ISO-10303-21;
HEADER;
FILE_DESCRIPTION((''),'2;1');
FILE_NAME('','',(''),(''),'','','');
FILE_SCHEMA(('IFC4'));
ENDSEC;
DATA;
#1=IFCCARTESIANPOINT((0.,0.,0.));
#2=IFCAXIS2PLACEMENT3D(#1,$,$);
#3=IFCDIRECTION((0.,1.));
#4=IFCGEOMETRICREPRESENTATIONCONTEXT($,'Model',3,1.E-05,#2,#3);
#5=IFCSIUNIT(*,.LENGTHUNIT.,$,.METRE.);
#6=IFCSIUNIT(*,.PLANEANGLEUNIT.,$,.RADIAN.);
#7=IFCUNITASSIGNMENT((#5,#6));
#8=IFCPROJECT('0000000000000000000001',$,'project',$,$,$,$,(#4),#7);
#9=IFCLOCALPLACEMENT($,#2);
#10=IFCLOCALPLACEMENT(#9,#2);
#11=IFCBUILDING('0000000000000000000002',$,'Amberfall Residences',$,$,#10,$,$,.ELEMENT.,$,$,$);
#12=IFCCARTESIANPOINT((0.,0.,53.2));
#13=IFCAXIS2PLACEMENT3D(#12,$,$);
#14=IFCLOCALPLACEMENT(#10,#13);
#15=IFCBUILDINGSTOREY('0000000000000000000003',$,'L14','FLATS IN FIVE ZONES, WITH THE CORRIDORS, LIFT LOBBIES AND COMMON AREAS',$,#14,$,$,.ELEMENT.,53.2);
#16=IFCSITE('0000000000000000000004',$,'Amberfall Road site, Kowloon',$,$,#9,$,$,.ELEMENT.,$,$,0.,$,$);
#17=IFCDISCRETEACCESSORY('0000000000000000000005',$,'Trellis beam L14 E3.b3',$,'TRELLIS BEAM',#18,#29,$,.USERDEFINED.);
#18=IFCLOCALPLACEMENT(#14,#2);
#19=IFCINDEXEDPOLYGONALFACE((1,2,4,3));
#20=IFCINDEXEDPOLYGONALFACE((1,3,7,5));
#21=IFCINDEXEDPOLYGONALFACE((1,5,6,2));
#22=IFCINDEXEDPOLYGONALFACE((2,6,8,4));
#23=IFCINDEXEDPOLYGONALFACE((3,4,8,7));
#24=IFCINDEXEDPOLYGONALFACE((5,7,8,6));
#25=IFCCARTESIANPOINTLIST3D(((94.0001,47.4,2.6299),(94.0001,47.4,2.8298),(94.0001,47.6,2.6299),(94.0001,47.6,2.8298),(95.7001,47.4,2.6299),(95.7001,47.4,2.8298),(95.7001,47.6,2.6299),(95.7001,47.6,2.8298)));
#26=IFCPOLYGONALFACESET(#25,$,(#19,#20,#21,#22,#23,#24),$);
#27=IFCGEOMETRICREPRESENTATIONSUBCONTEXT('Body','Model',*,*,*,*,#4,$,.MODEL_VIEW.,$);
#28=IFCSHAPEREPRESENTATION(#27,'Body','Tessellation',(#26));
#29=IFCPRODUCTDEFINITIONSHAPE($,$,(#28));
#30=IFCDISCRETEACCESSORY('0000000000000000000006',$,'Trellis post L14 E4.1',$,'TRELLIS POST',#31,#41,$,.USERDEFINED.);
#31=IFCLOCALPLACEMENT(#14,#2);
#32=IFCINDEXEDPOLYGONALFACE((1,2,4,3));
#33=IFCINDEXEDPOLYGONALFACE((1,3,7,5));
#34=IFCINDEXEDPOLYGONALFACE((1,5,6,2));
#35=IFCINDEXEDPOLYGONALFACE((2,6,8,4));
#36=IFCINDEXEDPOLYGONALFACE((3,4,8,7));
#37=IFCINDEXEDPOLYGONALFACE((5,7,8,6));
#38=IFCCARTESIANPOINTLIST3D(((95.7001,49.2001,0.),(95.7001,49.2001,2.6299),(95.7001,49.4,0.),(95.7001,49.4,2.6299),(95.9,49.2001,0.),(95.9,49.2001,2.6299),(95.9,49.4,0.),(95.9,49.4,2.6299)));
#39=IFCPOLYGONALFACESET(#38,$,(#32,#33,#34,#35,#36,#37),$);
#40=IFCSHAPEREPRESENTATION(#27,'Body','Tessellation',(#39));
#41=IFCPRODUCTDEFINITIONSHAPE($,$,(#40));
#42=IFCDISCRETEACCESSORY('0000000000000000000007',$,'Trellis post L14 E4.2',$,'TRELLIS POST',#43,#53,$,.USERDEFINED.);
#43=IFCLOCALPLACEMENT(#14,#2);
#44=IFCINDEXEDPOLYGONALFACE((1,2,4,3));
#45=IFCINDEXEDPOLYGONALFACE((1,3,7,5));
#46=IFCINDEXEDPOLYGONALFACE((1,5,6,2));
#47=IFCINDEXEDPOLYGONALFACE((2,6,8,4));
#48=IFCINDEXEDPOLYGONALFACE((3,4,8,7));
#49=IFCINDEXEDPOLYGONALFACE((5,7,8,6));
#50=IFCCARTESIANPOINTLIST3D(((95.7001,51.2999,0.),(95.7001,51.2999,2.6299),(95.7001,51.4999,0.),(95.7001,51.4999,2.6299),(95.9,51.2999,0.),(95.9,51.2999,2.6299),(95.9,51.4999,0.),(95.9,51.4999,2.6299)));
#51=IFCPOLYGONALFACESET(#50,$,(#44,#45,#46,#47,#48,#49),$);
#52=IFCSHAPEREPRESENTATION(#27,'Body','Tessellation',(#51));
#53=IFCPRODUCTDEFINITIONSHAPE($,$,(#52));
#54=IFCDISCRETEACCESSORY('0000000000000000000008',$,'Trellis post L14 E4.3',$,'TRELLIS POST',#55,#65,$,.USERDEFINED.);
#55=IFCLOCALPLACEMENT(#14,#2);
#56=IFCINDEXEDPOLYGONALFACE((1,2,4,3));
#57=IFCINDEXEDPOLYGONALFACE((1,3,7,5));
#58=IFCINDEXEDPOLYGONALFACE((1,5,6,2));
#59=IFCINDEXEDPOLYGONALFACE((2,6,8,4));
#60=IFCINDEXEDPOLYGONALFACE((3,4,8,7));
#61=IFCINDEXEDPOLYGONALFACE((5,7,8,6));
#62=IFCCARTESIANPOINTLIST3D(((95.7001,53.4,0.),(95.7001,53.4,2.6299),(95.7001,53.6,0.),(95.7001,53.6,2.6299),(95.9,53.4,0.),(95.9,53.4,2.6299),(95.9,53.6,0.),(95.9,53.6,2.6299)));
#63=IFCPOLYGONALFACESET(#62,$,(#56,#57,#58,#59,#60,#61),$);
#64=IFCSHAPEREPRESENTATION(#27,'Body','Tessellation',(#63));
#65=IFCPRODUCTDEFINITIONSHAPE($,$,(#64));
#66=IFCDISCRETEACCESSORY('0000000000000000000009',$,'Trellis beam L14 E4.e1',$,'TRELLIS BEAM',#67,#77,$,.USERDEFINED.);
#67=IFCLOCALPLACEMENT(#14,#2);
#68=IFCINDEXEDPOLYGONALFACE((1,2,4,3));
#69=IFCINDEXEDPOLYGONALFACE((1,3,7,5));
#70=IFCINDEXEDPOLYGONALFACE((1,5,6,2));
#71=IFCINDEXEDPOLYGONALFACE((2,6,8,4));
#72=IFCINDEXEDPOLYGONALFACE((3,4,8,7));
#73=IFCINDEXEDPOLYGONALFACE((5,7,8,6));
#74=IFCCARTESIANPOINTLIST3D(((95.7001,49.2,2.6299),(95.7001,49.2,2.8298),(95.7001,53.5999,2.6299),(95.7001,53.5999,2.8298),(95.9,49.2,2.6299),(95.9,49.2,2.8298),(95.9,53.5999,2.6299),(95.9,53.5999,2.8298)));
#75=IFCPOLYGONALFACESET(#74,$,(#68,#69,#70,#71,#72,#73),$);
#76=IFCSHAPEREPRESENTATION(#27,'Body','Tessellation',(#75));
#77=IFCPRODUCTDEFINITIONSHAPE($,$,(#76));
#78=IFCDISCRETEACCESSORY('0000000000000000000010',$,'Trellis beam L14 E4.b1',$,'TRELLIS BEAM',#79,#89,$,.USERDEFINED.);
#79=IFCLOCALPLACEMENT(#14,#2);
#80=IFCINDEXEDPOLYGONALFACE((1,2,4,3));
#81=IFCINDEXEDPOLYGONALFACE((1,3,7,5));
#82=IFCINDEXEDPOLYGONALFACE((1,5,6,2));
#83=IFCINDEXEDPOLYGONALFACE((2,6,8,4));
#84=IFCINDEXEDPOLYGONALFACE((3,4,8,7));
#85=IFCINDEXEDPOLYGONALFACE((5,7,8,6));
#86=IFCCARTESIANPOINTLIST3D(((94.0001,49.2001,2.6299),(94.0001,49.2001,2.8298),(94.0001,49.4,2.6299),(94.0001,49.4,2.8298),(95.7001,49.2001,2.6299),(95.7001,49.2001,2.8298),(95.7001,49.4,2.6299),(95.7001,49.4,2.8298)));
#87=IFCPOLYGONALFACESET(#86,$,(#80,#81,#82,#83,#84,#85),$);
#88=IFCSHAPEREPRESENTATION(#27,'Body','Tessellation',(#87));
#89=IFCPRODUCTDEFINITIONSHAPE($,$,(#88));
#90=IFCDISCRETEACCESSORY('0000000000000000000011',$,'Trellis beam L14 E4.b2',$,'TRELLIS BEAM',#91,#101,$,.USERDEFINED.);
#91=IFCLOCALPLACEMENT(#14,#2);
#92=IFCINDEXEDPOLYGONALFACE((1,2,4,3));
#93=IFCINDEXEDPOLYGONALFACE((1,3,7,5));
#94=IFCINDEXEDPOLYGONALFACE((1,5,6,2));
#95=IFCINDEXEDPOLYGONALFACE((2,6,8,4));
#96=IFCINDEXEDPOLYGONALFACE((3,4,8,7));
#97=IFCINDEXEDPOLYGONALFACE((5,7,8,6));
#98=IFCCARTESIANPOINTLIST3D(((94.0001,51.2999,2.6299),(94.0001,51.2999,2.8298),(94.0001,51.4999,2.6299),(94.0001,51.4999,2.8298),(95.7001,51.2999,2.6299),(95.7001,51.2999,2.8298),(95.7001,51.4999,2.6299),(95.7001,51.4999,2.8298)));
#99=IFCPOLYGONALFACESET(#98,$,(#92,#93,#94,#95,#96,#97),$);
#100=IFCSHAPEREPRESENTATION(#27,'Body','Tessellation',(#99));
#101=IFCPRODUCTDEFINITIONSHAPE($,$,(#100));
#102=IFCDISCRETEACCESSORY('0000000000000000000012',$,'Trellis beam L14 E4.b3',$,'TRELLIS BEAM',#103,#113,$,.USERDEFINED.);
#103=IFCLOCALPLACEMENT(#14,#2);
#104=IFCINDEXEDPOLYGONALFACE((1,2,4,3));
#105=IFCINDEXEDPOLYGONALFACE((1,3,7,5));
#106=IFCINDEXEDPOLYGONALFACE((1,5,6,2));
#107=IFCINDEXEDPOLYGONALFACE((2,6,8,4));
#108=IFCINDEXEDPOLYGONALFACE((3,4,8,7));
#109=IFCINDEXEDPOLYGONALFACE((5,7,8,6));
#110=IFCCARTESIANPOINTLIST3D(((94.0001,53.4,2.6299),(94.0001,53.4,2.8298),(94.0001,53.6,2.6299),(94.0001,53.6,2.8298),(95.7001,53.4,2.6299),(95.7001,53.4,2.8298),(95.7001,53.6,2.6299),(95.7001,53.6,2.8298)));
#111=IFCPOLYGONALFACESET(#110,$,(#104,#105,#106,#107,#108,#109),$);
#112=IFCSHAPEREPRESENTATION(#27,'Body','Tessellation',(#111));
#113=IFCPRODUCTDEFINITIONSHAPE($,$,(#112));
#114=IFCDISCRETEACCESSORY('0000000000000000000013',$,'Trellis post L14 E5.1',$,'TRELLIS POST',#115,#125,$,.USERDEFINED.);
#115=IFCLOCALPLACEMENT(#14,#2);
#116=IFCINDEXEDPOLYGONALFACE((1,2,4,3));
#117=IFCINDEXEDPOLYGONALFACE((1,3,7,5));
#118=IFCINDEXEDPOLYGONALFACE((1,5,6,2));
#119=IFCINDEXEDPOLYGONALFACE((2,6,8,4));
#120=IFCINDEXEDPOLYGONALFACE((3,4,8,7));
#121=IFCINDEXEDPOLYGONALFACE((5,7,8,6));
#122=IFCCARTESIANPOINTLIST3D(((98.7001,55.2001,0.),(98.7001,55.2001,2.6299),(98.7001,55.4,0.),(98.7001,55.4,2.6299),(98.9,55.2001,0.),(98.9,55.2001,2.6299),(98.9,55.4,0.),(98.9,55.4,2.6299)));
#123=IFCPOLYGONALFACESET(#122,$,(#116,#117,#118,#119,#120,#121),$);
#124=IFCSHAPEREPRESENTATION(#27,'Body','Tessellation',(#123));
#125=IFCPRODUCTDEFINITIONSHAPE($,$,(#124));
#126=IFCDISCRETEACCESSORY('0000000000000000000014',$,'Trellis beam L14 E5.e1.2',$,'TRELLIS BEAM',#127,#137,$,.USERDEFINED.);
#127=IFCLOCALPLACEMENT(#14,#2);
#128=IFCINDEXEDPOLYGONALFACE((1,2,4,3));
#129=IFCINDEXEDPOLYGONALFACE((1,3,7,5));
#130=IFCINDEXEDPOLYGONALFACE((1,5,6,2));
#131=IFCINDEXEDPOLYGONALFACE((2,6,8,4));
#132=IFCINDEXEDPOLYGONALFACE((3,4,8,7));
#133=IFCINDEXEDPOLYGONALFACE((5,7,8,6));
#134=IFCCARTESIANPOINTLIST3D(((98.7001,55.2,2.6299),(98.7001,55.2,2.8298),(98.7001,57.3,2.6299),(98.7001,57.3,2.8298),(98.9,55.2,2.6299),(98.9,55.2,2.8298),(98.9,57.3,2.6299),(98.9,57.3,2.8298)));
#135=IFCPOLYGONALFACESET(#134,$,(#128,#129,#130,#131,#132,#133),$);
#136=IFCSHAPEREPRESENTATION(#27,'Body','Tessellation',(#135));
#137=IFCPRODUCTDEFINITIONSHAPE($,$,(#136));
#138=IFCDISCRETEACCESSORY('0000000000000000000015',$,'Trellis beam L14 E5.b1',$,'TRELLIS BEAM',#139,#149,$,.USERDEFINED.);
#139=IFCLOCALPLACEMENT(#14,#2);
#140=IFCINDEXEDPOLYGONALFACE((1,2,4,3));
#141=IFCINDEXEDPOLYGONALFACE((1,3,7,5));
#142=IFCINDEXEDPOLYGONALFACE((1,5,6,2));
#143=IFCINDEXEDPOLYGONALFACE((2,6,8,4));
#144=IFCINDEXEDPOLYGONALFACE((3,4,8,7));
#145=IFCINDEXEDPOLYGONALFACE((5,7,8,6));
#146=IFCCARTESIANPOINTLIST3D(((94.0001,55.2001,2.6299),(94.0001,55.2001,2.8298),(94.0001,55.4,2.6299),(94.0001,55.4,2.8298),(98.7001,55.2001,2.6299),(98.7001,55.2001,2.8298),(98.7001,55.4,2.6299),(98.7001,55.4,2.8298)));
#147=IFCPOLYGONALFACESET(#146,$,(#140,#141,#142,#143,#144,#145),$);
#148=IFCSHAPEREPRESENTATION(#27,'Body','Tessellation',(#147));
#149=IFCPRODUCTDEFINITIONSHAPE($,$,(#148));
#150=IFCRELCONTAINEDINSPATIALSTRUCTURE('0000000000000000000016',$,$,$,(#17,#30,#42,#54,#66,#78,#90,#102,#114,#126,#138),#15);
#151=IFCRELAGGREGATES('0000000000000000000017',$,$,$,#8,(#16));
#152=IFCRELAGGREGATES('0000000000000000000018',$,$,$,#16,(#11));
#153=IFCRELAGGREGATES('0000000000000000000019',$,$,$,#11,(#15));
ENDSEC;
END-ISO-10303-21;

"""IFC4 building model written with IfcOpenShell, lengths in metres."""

from ifc_helpers import new_model, si_unit, direction, frame, origin, origin_2d, place, context, subcontext, project, spatial, rectangle, extrude, element, save


model = new_model("IFC4")

# Units and contexts
model_context = context("Model", 3, precision=1e-05, world=origin(), true_north=direction((0.0, 1.0)))
body_context = subcontext(model_context, "Body", "Model", "MODEL_VIEW")
ifc_project = project(units=[si_unit("LENGTHUNIT", "METRE"), si_unit("PLANEANGLEUNIT", "RADIAN")], contexts=[model_context])

# Site, building, storey
site_placement = place(None, origin())
site = spatial("IfcSite", under=ifc_project, at=site_placement, Name="Amberfall Road site, Kowloon", CompositionType="ELEMENT", RefElevation=0.0)
building_placement = place(site_placement, origin())
building = spatial("IfcBuilding", under=site, at=building_placement, Name="Amberfall Residences", CompositionType="ELEMENT")
storey_placement = place(building_placement, frame((0.0, 0.0, 53.2)))
storey = spatial("IfcBuildingStorey", under=building, at=storey_placement, Name="L14", Description="FLATS IN FIVE ZONES, WITH THE CORRIDORS, LIFT LOBBIES AND COMMON AREAS", CompositionType="ELEMENT", Elevation=53.2)

# Discrete accessories
discrete_accessory_1_placement = place(storey_placement, frame((94.8501, 47.5, 2.6299), z_axis=(0.0, 0.0, 1.0), x_axis=(-1.0, 0.0, 0.0)))
element("IfcDiscreteAccessory", 1, at=discrete_accessory_1_placement, inside=storey, Name="Trellis beam L14 E3.b3", ObjectType="TRELLIS BEAM", PredefinedType="USERDEFINED", context=body_context, shape_type="SweptSolid", body=[
    extrude(rectangle(XDim=1.7, YDim=0.2, at=origin_2d()), origin(), (0.0, 0.0, 1.0), 0.2),
])
for number, where, z_axis, x_axis, name in (
    (2, (95.8, 49.3, 0.0), (0.0, 0.0, 1.0), (1.0, 0.0, 0.0), "Trellis post L14 E4.1"),
    (3, (95.8, 51.3999, 0.0), (0.0, 0.0, 1.0), (1.0, 0.0, 0.0), "Trellis post L14 E4.2"),
    (4, (95.8, 53.5, 0.0), (0.0, 0.0, 1.0), (1.0, 0.0, 0.0), "Trellis post L14 E4.3"),
):
    element("IfcDiscreteAccessory", number, at=place(storey_placement, frame(where, z_axis=z_axis, x_axis=x_axis)), inside=storey, Name=name, ObjectType="TRELLIS POST", PredefinedType="USERDEFINED", context=body_context, shape_type="SweptSolid", body=[
        extrude(rectangle(XDim=0.2, YDim=0.2, at=origin_2d()), origin(), (0.0, 0.0, 1.0), 2.6299),
    ])
discrete_accessory_2_placement = place(storey_placement, frame((95.8, 51.3999, 2.6299), z_axis=(0.0, 0.0, 1.0), x_axis=(0.0, 1.0, 0.0)))
element("IfcDiscreteAccessory", 5, at=discrete_accessory_2_placement, inside=storey, Name="Trellis beam L14 E4.e1", ObjectType="TRELLIS BEAM", PredefinedType="USERDEFINED", context=body_context, shape_type="SweptSolid", body=[
    extrude(rectangle(XDim=4.3999, YDim=0.2, at=origin_2d()), origin(), (0.0, 0.0, 1.0), 0.2),
])
for number, where, z_axis, x_axis, name in (
    (6, (94.8501, 49.3, 2.6299), (0.0, 0.0, 1.0), (-1.0, 0.0, 0.0), "Trellis beam L14 E4.b1"),
    (7, (94.8501, 51.3999, 2.6299), (0.0, 0.0, 1.0), (-1.0, 0.0, 0.0), "Trellis beam L14 E4.b2"),
    (8, (94.8501, 53.5, 2.6299), (0.0, 0.0, 1.0), (-1.0, 0.0, 0.0), "Trellis beam L14 E4.b3"),
):
    element("IfcDiscreteAccessory", number, at=place(storey_placement, frame(where, z_axis=z_axis, x_axis=x_axis)), inside=storey, Name=name, ObjectType="TRELLIS BEAM", PredefinedType="USERDEFINED", context=body_context, shape_type="SweptSolid", body=[
        extrude(rectangle(XDim=1.7, YDim=0.2, at=origin_2d()), origin(), (0.0, 0.0, 1.0), 0.2),
    ])
discrete_accessory_3_placement = place(storey_placement, frame((98.8, 55.3, 0.0), z_axis=(0.0, 0.0, 1.0), x_axis=(1.0, 0.0, 0.0)))
element("IfcDiscreteAccessory", 9, at=discrete_accessory_3_placement, inside=storey, Name="Trellis post L14 E5.1", ObjectType="TRELLIS POST", PredefinedType="USERDEFINED", context=body_context, shape_type="SweptSolid", body=[
    extrude(rectangle(XDim=0.2, YDim=0.2, at=origin_2d()), origin(), (0.0, 0.0, 1.0), 2.6299),
])
discrete_accessory_4_placement = place(storey_placement, frame((98.8, 56.25, 2.6299), z_axis=(0.0, 0.0, 1.0), x_axis=(0.0, 1.0, 0.0)))
element("IfcDiscreteAccessory", 10, at=discrete_accessory_4_placement, inside=storey, Name="Trellis beam L14 E5.e1.2", ObjectType="TRELLIS BEAM", PredefinedType="USERDEFINED", context=body_context, shape_type="SweptSolid", body=[
    extrude(rectangle(XDim=2.1001, YDim=0.2, at=origin_2d()), origin(), (0.0, 0.0, 1.0), 0.2),
])
discrete_accessory_5_placement = place(storey_placement, frame((96.3501, 55.3, 2.6299), z_axis=(0.0, 0.0, 1.0), x_axis=(-1.0, 0.0, 0.0)))
element("IfcDiscreteAccessory", 11, at=discrete_accessory_5_placement, inside=storey, Name="Trellis beam L14 E5.b1", ObjectType="TRELLIS BEAM", PredefinedType="USERDEFINED", context=body_context, shape_type="SweptSolid", body=[
    extrude(rectangle(XDim=4.7, YDim=0.2, at=origin_2d()), origin(), (0.0, 0.0, 1.0), 0.2),
])

save(model, "model.ifc")
